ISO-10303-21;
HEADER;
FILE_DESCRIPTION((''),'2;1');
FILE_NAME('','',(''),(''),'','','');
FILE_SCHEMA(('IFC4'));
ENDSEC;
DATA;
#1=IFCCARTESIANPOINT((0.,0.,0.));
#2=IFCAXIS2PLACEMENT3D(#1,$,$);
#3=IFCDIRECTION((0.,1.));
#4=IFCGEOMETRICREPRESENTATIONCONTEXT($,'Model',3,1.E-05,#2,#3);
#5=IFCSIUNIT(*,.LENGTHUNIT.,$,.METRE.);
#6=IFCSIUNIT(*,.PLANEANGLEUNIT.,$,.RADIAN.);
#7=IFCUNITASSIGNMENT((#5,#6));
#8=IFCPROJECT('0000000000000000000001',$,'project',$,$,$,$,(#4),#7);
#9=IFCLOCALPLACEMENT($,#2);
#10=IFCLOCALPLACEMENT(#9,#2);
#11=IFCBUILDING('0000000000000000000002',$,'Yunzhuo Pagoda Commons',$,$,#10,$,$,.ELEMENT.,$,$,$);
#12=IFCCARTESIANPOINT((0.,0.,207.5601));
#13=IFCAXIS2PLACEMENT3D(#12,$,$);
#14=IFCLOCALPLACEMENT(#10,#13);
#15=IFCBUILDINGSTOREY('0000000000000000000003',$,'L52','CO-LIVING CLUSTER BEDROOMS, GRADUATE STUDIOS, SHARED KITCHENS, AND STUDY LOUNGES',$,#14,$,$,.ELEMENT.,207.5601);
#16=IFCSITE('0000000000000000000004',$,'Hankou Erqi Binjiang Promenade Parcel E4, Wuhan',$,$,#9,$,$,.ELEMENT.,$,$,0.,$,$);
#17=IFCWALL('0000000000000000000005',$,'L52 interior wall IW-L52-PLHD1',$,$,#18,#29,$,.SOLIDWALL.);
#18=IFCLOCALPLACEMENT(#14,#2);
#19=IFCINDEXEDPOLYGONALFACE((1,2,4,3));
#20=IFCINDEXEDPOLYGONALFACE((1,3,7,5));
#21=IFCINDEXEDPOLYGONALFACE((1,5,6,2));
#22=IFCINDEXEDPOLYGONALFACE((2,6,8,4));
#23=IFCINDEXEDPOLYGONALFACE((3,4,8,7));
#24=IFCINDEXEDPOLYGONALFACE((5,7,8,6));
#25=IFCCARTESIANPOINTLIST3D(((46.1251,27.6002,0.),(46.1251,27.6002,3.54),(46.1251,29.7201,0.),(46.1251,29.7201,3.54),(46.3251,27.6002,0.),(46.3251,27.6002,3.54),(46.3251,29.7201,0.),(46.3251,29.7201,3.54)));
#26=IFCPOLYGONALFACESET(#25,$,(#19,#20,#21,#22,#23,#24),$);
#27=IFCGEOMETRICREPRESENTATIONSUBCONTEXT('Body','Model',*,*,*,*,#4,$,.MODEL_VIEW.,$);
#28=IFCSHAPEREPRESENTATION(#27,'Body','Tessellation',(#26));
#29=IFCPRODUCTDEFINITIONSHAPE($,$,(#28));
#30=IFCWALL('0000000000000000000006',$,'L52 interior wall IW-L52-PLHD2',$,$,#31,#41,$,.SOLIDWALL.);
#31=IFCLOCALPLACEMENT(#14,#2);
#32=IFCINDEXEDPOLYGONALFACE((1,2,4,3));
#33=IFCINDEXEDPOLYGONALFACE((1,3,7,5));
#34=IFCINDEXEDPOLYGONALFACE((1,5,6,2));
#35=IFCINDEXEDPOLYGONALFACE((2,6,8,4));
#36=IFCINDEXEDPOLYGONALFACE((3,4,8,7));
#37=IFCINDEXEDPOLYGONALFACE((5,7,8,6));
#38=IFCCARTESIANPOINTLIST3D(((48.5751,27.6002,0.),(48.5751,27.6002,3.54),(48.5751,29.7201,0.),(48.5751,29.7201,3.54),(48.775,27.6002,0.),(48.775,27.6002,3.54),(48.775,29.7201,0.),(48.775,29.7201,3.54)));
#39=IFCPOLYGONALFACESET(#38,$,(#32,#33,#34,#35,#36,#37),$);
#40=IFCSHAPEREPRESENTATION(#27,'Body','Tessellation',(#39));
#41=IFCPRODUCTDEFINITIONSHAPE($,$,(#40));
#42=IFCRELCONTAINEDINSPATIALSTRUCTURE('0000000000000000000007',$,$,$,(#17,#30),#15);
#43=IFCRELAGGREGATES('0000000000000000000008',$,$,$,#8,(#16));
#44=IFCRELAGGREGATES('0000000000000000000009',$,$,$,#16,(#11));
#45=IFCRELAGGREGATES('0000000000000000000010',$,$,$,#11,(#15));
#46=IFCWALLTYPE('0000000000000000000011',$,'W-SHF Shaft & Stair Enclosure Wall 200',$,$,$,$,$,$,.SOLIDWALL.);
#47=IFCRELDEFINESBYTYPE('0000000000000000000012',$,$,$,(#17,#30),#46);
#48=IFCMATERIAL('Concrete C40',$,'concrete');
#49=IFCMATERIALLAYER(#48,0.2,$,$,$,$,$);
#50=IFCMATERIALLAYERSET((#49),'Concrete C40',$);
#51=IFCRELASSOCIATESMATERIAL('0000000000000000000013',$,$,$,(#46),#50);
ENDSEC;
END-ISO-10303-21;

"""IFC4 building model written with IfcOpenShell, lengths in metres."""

from ifc_helpers import new_model, si_unit, direction, frame, frame_2d, origin, place, context, subcontext, project, spatial, rectangle, extrude, material, layer, layer_set, type_object, element, save


model = new_model("IFC4")

# Units and contexts
model_context = context("Model", 3, precision=1e-05, world=origin(), true_north=direction((0.0, 1.0)))
body_context = subcontext(model_context, "Body", "Model", "MODEL_VIEW")
ifc_project = project(units=[si_unit("LENGTHUNIT", "METRE"), si_unit("PLANEANGLEUNIT", "RADIAN")], contexts=[model_context])

# Site, building, storey
site_placement = place(None, origin())
site = spatial("IfcSite", under=ifc_project, at=site_placement, Name="Hankou Erqi Binjiang Promenade Parcel E4, Wuhan", CompositionType="ELEMENT", RefElevation=0.0)
building_placement = place(site_placement, origin())
building = spatial("IfcBuilding", under=site, at=building_placement, Name="Yunzhuo Pagoda Commons", CompositionType="ELEMENT")
storey_placement = place(building_placement, frame((0.0, 0.0, 207.5601)))
storey = spatial("IfcBuildingStorey", under=building, at=storey_placement, Name="L52", Description="CO-LIVING CLUSTER BEDROOMS, GRADUATE STUDIOS, SHARED KITCHENS, AND STUDY LOUNGES", CompositionType="ELEMENT", Elevation=207.5601)

# Walls
ifc_material_1 = material(Name="Concrete C40", Category="concrete")
ifc_layer_1 = layer(ifc_material_1, 0.2)
ifc_layer_set_1 = layer_set([ifc_layer_1], Name="Concrete C40")
wall_type_1 = type_object("IfcWallType", Name="W-SHF Shaft & Stair Enclosure Wall 200", PredefinedType="SOLIDWALL", material=ifc_layer_set_1)
for number, where, z_axis, x_axis, name in (
    (1, (46.2251, 27.6001, 0.0), (0.0, 0.0, 1.0), (0.0, 1.0, 0.0), "L52 interior wall IW-L52-PLHD1"),
    (2, (48.675, 27.6001, 0.0), (0.0, 0.0, 1.0), (0.0, 1.0, 0.0), "L52 interior wall IW-L52-PLHD2"),
):
    element("IfcWall", number, at=place(storey_placement, frame(where, z_axis=z_axis, x_axis=x_axis)), inside=storey, type_object=wall_type_1, Name=name, PredefinedType="SOLIDWALL", context=body_context, shape_type="SweptSolid", body=[
        extrude(rectangle(XDim=2.1199, YDim=0.2, at=frame_2d((1.0601, 0.0))), origin(), (0.0, 0.0, 1.0), 3.54),
    ])

save(model, "model.ifc")
